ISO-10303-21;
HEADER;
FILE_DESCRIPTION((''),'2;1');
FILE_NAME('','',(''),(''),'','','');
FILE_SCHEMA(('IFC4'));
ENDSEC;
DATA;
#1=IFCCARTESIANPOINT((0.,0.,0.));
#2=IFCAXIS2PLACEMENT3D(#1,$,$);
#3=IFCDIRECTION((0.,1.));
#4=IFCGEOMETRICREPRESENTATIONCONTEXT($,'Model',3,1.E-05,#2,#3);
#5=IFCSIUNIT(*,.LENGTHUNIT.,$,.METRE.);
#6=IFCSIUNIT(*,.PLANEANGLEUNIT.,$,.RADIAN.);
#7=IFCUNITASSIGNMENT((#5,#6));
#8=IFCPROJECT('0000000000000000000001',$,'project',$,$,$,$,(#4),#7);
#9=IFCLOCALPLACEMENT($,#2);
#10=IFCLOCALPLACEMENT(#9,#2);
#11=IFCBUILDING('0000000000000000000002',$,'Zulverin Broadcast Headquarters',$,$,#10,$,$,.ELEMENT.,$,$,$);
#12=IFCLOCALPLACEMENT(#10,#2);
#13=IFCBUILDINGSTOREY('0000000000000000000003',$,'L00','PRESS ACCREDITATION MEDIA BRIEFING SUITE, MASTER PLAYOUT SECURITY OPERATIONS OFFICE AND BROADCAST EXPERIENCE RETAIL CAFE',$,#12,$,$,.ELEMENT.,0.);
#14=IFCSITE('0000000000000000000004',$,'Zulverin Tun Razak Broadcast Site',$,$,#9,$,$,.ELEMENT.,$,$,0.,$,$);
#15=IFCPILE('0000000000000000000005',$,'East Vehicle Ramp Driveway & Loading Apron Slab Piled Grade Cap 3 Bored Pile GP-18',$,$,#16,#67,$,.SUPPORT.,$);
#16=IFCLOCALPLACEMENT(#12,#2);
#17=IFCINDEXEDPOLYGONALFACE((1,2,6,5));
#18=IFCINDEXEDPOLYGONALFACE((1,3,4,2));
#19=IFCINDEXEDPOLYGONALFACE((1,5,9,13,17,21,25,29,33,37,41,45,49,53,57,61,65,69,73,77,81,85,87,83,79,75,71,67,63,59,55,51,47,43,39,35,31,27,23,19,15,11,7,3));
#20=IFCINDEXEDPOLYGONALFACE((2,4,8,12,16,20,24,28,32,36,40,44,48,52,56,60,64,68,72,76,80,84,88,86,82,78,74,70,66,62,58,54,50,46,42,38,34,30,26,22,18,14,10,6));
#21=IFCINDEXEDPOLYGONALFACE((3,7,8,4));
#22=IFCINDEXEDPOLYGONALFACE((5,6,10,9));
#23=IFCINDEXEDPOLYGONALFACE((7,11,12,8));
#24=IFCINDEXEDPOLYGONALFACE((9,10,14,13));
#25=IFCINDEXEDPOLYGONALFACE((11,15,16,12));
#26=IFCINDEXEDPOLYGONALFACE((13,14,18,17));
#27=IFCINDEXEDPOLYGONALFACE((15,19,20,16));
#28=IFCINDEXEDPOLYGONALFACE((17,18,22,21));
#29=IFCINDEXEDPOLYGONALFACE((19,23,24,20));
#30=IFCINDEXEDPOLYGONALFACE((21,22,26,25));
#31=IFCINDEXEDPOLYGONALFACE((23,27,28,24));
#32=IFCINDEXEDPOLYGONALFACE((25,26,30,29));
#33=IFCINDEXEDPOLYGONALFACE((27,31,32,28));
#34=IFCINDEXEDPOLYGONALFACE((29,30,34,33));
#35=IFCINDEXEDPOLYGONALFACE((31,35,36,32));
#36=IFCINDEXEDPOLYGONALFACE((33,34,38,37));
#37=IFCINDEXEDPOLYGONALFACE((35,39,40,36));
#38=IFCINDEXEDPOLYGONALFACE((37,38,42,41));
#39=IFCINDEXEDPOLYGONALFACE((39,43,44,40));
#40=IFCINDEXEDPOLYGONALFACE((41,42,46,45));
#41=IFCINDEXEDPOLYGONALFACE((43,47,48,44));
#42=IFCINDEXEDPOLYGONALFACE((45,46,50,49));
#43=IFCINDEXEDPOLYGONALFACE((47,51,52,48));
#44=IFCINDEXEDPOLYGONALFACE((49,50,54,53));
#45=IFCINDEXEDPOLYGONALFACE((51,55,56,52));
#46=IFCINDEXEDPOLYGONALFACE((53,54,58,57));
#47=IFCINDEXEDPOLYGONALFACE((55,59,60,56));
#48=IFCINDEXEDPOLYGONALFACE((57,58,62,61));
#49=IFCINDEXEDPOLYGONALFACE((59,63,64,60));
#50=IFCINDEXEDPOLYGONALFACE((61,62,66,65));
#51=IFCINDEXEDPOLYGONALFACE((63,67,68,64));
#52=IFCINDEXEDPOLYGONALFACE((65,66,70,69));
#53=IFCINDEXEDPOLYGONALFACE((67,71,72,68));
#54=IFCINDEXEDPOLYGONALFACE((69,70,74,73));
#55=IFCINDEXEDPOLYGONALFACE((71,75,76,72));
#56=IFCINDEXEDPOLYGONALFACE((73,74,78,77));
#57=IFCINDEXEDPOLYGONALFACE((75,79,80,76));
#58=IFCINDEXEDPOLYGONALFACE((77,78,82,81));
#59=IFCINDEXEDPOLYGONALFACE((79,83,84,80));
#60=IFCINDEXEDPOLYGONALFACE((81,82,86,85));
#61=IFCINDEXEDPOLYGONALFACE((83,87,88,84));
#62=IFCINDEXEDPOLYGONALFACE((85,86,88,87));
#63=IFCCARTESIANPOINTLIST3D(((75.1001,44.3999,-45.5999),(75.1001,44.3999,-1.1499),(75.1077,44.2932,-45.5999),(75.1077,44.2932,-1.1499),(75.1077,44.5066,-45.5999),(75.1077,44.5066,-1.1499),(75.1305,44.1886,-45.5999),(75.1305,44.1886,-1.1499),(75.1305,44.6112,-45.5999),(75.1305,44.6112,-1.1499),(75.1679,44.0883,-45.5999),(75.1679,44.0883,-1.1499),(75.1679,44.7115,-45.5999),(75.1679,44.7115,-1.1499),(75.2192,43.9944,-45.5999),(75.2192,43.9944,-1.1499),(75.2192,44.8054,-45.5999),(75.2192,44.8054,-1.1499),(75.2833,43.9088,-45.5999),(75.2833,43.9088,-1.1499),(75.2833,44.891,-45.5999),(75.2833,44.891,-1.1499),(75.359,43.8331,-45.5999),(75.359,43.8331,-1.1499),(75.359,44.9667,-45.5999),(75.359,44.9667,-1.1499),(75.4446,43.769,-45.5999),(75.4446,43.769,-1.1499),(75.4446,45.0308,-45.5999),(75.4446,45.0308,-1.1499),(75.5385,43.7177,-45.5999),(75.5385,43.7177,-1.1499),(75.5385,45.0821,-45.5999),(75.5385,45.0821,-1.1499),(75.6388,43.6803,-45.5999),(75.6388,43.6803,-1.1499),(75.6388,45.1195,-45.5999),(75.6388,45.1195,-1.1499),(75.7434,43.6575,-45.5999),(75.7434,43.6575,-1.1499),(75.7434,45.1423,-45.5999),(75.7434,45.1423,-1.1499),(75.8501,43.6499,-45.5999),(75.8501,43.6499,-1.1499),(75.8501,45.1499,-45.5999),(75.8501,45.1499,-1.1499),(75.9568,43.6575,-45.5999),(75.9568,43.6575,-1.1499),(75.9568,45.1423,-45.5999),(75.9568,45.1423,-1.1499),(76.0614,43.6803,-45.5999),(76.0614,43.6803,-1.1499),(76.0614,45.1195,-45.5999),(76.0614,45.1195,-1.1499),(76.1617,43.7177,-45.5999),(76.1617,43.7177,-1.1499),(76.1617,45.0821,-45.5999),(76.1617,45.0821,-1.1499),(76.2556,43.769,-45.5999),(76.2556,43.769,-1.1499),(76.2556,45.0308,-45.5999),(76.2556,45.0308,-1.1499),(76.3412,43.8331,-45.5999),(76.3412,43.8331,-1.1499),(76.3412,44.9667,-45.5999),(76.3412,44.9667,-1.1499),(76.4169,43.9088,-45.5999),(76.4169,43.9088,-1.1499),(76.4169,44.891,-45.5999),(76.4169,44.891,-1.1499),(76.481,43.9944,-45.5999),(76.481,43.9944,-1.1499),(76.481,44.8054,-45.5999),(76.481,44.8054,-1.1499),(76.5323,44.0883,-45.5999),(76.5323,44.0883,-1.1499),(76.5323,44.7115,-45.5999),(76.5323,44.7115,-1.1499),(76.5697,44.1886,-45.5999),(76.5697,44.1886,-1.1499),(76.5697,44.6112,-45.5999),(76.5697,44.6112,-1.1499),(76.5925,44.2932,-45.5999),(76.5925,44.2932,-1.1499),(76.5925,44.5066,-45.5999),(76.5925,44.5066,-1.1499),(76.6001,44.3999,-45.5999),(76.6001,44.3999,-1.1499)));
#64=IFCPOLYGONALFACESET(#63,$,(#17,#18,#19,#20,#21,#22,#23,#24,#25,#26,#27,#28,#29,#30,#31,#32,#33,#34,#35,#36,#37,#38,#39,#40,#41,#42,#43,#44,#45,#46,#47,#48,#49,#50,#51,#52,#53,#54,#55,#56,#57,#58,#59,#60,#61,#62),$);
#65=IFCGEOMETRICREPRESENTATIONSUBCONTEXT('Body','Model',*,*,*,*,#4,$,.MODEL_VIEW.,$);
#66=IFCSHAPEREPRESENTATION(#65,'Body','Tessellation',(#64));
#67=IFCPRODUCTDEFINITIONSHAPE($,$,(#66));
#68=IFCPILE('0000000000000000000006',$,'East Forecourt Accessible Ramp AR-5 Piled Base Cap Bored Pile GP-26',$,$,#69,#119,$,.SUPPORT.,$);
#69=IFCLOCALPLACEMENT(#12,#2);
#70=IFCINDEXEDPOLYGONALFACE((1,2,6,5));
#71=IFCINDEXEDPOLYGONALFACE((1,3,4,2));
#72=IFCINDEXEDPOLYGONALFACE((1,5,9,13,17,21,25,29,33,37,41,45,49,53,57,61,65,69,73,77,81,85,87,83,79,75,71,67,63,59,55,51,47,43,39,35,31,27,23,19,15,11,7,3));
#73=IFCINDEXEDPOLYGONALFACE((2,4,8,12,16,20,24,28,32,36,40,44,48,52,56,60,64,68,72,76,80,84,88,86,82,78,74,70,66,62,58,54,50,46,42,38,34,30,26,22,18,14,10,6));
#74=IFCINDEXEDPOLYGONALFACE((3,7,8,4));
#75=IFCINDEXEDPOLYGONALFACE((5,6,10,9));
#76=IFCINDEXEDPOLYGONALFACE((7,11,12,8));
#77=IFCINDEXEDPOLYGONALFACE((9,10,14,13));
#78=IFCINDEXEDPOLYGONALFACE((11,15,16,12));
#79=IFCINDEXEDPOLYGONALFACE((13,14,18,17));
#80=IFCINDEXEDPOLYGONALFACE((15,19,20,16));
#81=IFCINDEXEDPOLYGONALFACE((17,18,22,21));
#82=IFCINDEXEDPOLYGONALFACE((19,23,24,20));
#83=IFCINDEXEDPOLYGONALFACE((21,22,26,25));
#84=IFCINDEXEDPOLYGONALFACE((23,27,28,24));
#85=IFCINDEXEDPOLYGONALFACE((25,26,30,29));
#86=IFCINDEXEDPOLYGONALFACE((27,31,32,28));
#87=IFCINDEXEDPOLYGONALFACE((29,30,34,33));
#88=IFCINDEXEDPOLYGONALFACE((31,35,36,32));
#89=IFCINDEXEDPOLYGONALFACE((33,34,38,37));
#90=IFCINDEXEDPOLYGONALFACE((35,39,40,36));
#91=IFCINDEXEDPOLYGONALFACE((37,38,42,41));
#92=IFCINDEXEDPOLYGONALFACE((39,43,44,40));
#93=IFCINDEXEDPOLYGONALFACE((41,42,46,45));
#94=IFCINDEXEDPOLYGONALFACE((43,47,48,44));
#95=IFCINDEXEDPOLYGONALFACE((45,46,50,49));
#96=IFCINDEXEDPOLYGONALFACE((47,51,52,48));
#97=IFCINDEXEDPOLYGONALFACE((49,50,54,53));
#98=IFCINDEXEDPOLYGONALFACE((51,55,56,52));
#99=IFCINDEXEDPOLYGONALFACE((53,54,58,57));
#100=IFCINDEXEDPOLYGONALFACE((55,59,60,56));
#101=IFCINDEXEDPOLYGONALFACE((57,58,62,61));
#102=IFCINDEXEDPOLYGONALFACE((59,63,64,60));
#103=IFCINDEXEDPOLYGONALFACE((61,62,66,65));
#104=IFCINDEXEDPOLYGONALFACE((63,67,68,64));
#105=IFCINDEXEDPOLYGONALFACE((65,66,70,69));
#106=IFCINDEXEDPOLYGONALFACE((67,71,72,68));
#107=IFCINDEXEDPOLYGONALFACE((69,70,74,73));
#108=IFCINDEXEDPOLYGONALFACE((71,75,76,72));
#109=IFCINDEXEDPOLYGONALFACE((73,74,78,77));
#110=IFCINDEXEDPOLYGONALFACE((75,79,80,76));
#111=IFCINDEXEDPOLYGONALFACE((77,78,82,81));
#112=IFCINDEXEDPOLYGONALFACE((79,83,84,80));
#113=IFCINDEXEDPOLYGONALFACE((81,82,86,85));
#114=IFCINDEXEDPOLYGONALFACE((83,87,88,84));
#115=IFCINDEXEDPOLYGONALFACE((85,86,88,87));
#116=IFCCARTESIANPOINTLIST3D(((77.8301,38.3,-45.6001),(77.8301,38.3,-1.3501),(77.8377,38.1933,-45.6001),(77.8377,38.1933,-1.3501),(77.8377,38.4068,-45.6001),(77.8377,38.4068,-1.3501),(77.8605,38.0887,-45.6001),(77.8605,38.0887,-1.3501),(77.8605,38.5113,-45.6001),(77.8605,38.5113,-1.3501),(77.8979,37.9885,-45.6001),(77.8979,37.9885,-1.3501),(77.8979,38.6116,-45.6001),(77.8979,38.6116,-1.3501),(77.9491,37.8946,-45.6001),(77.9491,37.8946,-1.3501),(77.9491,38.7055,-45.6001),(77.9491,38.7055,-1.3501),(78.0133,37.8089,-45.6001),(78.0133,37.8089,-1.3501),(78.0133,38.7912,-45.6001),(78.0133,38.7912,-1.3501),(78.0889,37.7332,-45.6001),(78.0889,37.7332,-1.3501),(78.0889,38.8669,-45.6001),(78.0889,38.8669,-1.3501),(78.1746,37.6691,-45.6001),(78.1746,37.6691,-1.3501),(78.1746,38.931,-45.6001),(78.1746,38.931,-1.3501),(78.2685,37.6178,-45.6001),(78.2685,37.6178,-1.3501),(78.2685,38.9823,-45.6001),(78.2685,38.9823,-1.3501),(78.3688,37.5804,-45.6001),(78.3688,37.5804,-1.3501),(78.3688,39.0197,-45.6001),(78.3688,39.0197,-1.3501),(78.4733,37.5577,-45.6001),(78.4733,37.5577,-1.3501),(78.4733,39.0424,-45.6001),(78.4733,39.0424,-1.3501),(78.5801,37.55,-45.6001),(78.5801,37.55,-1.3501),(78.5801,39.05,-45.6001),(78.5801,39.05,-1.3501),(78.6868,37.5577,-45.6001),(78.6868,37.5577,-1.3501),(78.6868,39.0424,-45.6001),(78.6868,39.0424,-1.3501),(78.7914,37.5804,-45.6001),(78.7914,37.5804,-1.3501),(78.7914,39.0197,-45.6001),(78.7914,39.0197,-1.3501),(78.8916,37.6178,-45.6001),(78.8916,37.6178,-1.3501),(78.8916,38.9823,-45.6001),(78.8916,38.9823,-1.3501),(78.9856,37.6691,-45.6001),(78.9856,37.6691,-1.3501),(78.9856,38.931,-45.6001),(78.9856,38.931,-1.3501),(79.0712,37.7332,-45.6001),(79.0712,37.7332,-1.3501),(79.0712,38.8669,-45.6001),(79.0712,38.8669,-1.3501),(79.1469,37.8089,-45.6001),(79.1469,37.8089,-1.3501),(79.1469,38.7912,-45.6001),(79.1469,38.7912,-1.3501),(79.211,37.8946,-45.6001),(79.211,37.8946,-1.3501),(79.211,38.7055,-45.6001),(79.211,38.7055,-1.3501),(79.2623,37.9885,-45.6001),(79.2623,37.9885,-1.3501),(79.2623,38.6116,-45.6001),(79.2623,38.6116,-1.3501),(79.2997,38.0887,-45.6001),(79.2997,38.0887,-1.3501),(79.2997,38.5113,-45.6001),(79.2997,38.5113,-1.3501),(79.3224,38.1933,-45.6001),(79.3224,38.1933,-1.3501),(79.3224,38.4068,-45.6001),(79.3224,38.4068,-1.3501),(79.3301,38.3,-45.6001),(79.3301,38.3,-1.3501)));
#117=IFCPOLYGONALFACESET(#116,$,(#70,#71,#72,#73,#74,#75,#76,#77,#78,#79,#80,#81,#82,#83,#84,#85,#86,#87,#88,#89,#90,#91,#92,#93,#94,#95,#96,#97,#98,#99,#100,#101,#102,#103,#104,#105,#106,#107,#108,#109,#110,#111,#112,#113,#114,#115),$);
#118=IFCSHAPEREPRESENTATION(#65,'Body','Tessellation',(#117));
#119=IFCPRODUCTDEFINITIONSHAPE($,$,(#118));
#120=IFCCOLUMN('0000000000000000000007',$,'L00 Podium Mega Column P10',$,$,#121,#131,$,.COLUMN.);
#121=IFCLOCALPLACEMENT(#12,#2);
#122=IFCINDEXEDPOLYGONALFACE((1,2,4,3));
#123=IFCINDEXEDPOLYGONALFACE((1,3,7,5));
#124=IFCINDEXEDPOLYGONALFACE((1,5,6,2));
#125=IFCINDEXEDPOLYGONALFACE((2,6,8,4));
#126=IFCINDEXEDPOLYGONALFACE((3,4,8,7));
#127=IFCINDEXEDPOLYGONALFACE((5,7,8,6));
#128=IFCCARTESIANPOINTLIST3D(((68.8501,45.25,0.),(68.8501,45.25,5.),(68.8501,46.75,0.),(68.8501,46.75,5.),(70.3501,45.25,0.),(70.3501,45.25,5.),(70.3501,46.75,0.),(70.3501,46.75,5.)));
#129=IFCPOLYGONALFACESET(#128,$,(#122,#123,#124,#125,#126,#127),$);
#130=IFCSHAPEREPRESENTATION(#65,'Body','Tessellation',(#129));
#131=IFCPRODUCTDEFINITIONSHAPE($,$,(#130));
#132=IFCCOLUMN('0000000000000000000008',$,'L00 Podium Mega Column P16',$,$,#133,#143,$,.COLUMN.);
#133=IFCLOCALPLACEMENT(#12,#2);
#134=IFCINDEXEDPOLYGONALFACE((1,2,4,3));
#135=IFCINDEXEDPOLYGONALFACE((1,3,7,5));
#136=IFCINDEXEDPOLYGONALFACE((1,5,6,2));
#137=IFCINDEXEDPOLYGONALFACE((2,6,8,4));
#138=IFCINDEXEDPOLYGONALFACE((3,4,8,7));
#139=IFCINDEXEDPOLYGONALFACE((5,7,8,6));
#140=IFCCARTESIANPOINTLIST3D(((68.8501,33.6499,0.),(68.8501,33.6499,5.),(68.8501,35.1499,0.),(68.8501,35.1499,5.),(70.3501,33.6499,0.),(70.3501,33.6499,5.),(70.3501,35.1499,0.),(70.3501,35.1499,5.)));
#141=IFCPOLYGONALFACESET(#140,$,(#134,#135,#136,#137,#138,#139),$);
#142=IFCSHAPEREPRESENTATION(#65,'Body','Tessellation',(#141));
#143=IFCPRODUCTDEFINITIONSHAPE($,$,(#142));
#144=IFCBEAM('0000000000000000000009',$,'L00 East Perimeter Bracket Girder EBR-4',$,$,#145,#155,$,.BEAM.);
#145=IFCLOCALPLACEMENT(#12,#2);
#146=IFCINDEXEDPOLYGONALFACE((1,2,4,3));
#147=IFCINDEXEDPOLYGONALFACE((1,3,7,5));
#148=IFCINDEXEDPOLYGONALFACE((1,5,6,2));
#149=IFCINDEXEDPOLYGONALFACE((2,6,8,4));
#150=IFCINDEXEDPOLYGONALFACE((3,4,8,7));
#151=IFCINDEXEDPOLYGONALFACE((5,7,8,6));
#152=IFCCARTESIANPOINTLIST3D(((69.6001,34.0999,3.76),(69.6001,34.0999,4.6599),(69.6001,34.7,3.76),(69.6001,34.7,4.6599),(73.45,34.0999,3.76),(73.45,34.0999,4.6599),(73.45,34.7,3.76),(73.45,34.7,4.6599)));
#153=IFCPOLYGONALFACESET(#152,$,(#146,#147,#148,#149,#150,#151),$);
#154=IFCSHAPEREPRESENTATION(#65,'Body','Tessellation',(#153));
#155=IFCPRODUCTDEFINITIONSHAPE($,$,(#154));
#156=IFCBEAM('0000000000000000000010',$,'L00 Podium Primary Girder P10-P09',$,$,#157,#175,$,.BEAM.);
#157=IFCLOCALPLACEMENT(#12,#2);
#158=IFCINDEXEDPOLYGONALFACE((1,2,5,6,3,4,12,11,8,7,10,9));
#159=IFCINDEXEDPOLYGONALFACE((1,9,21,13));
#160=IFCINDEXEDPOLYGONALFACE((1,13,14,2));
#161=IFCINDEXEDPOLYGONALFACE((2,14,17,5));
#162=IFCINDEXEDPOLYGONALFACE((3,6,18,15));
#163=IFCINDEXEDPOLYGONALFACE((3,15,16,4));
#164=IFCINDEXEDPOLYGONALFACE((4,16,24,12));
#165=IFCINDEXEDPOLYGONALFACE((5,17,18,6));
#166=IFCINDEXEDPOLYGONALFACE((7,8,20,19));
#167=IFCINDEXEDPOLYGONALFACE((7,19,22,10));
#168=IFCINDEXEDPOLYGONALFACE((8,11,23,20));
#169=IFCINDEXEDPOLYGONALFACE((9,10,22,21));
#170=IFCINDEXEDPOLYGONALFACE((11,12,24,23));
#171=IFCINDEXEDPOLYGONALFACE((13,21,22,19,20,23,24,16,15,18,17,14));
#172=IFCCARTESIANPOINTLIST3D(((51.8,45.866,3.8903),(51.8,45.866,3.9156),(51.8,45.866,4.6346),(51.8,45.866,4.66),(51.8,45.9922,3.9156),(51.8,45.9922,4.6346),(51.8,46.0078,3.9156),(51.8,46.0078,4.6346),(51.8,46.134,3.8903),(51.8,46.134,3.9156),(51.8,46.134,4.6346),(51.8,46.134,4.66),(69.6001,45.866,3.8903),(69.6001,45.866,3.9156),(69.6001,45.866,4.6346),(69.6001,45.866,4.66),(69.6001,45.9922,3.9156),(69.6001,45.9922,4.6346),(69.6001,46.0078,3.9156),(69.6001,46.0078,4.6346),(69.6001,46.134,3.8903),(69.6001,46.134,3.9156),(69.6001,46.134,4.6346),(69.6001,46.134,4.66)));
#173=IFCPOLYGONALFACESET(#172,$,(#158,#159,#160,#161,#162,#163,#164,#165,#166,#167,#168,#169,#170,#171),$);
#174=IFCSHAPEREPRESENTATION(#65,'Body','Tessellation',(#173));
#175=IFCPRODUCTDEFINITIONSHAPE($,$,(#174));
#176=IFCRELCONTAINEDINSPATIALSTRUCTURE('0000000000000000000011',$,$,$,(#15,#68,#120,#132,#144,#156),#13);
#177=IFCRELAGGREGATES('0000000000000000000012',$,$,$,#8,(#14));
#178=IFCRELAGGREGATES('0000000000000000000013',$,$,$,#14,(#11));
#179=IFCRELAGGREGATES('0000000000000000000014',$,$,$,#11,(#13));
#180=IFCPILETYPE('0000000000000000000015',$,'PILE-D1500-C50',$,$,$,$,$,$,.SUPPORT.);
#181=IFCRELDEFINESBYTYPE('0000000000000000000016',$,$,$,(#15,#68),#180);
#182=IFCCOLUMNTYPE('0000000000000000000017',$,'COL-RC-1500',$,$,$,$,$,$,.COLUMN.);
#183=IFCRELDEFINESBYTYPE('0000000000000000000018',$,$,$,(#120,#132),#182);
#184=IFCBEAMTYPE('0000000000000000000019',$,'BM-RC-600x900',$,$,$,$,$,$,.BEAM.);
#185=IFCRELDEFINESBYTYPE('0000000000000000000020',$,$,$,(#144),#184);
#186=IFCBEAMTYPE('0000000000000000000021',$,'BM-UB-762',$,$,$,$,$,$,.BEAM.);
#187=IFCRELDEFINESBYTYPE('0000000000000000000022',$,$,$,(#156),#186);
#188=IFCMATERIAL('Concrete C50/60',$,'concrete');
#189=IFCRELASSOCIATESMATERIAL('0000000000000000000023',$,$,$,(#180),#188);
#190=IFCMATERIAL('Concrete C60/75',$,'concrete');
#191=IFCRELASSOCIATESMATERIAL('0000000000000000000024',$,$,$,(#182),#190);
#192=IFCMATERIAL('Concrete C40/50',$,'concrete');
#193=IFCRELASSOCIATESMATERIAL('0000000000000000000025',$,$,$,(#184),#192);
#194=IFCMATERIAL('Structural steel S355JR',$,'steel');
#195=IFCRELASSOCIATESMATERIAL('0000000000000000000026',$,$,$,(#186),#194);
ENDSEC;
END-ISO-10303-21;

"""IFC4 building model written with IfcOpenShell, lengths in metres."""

from ifc_helpers import new_model, si_unit, direction, frame, origin, origin_2d, place, context, subcontext, project, spatial, rectangle, circle, i_section, extrude, material, material_profile, profile_set, type_object, element, save


model = new_model("IFC4")

# Units and contexts
model_context = context("Model", 3, precision=1e-05, world=origin(), true_north=direction((0.0, 1.0)))
body_context = subcontext(model_context, "Body", "Model", "MODEL_VIEW")
ifc_project = project(units=[si_unit("LENGTHUNIT", "METRE"), si_unit("PLANEANGLEUNIT", "RADIAN")], contexts=[model_context])

# Site, building, storey
site_placement = place(None, origin())
site = spatial("IfcSite", under=ifc_project, at=site_placement, Name="Zulverin Tun Razak Broadcast Site", CompositionType="ELEMENT", RefElevation=0.0)
building_placement = place(site_placement, origin())
building = spatial("IfcBuilding", under=site, at=building_placement, Name="Zulverin Broadcast Headquarters", CompositionType="ELEMENT")
storey_placement = place(building_placement, origin())
storey = spatial("IfcBuildingStorey", under=building, at=storey_placement, Name="L00", Description="PRESS ACCREDITATION MEDIA BRIEFING SUITE, MASTER PLAYOUT SECURITY OPERATIONS OFFICE AND BROADCAST EXPERIENCE RETAIL CAFE", CompositionType="ELEMENT", Elevation=0.0)

# Piles
ifc_material_1 = material(Name="Concrete C50/60", Category="concrete")
ifc_material_profile_1 = material_profile(ifc_material_1, circle(Radius=0.75, at=origin_2d()), Name="Concrete C50/60", Category="concrete")
ifc_profile_set_1 = profile_set([ifc_material_profile_1], Name="Concrete C50/60")
pile_type = type_object("IfcPileType", Name="PILE-D1500-C50", PredefinedType="SUPPORT", material=ifc_profile_set_1)
pile_1_placement = place(storey_placement, frame((75.8501, 44.3999, -1.1499), z_axis=(0.0, 0.0, -1.0), x_axis=(1.0, 0.0, 0.0)))
element("IfcPile", 1, at=pile_1_placement, inside=storey, type_object=pile_type, Name="East Vehicle Ramp Driveway & Loading Apron Slab Piled Grade Cap 3 Bored Pile GP-18", PredefinedType="SUPPORT", context=body_context, shape_type="SweptSolid", body=[
    extrude(circle(Radius=0.75, at=origin_2d()), origin(), (0.0, 0.0, 1.0), 44.45),
])
pile_2_placement = place(storey_placement, frame((78.5801, 38.3, -1.3501), z_axis=(0.0, 0.0, -1.0), x_axis=(1.0, 0.0, 0.0)))
element("IfcPile", 2, at=pile_2_placement, inside=storey, type_object=pile_type, Name="East Forecourt Accessible Ramp AR-5 Piled Base Cap Bored Pile GP-26", PredefinedType="SUPPORT", context=body_context, shape_type="SweptSolid", body=[
    extrude(circle(Radius=0.75, at=origin_2d()), origin(), (0.0, 0.0, 1.0), 44.25),
])

# Columns
ifc_material_2 = material(Name="Concrete C60/75", Category="concrete")
ifc_material_profile_2 = material_profile(ifc_material_2, rectangle(XDim=1.5, YDim=1.5, at=origin_2d()), Name="Concrete C60/75", Category="concrete")
ifc_profile_set_2 = profile_set([ifc_material_profile_2], Name="Concrete C60/75")
column_type = type_object("IfcColumnType", Name="COL-RC-1500", PredefinedType="COLUMN", material=ifc_profile_set_2)
for number, where, z_axis, x_axis, name in (
    (3, (69.6001, 46.0, 0.0), (0.0, 0.0, 1.0), (1.0, 0.0, 0.0), "L00 Podium Mega Column P10"),
    (4, (69.6001, 34.3999, 0.0), (0.0, 0.0, 1.0), (1.0, 0.0, 0.0), "L00 Podium Mega Column P16"),
):
    element("IfcColumn", number, at=place(storey_placement, frame(where, z_axis=z_axis, x_axis=x_axis)), inside=storey, type_object=column_type, Name=name, PredefinedType="COLUMN", context=body_context, shape_type="SweptSolid", body=[
        extrude(rectangle(XDim=1.5, YDim=1.5, at=origin_2d()), origin(), (0.0, 0.0, 1.0), 5.0),
    ])

# Beams
ifc_material_3 = material(Name="Concrete C40/50", Category="concrete")
ifc_material_profile_3 = material_profile(ifc_material_3, rectangle(XDim=0.6001, YDim=0.8999, at=origin_2d()), Name="Concrete C40/50", Category="concrete")
ifc_profile_set_3 = profile_set([ifc_material_profile_3], Name="Concrete C40/50")
beam_type_1 = type_object("IfcBeamType", Name="BM-RC-600x900", PredefinedType="BEAM", material=ifc_profile_set_3)
beam_1_placement = place(storey_placement, frame((69.6001, 34.3999, 4.21), z_axis=(1.0, 0.0, 0.0), x_axis=(0.0, 1.0, 0.0)))
element("IfcBeam", 5, at=beam_1_placement, inside=storey, type_object=beam_type_1, Name="L00 East Perimeter Bracket Girder EBR-4", PredefinedType="BEAM", context=body_context, shape_type="SweptSolid", body=[
    extrude(rectangle(XDim=0.6001, YDim=0.8999, at=origin_2d()), origin(), (0.0, 0.0, 1.0), 3.8499),
])
ifc_material_4 = material(Name="Structural steel S355JR", Category="steel")
ifc_material_profile_4 = material_profile(ifc_material_4, i_section(OverallWidth=0.2681, OverallDepth=0.7698, WebThickness=0.0156, FlangeThickness=0.0254, at=origin_2d()), Name="Structural steel S355JR", Category="steel")
ifc_profile_set_4 = profile_set([ifc_material_profile_4], Name="Structural steel S355JR")
beam_type_2 = type_object("IfcBeamType", Name="BM-UB-762", PredefinedType="BEAM", material=ifc_profile_set_4)
beam_2_placement = place(storey_placement, frame((69.6001, 46.0, 4.2751), z_axis=(-1.0, 0.0, 0.0), x_axis=(0.0, -1.0, 0.0)))
element("IfcBeam", 6, at=beam_2_placement, inside=storey, type_object=beam_type_2, Name="L00 Podium Primary Girder P10-P09", PredefinedType="BEAM", context=body_context, shape_type="SweptSolid", body=[
    extrude(i_section(OverallWidth=0.2681, OverallDepth=0.7698, WebThickness=0.0156, FlangeThickness=0.0254, at=origin_2d()), origin(), (0.0, 0.0, 1.0), 17.8),
])

save(model, "model.ifc")
